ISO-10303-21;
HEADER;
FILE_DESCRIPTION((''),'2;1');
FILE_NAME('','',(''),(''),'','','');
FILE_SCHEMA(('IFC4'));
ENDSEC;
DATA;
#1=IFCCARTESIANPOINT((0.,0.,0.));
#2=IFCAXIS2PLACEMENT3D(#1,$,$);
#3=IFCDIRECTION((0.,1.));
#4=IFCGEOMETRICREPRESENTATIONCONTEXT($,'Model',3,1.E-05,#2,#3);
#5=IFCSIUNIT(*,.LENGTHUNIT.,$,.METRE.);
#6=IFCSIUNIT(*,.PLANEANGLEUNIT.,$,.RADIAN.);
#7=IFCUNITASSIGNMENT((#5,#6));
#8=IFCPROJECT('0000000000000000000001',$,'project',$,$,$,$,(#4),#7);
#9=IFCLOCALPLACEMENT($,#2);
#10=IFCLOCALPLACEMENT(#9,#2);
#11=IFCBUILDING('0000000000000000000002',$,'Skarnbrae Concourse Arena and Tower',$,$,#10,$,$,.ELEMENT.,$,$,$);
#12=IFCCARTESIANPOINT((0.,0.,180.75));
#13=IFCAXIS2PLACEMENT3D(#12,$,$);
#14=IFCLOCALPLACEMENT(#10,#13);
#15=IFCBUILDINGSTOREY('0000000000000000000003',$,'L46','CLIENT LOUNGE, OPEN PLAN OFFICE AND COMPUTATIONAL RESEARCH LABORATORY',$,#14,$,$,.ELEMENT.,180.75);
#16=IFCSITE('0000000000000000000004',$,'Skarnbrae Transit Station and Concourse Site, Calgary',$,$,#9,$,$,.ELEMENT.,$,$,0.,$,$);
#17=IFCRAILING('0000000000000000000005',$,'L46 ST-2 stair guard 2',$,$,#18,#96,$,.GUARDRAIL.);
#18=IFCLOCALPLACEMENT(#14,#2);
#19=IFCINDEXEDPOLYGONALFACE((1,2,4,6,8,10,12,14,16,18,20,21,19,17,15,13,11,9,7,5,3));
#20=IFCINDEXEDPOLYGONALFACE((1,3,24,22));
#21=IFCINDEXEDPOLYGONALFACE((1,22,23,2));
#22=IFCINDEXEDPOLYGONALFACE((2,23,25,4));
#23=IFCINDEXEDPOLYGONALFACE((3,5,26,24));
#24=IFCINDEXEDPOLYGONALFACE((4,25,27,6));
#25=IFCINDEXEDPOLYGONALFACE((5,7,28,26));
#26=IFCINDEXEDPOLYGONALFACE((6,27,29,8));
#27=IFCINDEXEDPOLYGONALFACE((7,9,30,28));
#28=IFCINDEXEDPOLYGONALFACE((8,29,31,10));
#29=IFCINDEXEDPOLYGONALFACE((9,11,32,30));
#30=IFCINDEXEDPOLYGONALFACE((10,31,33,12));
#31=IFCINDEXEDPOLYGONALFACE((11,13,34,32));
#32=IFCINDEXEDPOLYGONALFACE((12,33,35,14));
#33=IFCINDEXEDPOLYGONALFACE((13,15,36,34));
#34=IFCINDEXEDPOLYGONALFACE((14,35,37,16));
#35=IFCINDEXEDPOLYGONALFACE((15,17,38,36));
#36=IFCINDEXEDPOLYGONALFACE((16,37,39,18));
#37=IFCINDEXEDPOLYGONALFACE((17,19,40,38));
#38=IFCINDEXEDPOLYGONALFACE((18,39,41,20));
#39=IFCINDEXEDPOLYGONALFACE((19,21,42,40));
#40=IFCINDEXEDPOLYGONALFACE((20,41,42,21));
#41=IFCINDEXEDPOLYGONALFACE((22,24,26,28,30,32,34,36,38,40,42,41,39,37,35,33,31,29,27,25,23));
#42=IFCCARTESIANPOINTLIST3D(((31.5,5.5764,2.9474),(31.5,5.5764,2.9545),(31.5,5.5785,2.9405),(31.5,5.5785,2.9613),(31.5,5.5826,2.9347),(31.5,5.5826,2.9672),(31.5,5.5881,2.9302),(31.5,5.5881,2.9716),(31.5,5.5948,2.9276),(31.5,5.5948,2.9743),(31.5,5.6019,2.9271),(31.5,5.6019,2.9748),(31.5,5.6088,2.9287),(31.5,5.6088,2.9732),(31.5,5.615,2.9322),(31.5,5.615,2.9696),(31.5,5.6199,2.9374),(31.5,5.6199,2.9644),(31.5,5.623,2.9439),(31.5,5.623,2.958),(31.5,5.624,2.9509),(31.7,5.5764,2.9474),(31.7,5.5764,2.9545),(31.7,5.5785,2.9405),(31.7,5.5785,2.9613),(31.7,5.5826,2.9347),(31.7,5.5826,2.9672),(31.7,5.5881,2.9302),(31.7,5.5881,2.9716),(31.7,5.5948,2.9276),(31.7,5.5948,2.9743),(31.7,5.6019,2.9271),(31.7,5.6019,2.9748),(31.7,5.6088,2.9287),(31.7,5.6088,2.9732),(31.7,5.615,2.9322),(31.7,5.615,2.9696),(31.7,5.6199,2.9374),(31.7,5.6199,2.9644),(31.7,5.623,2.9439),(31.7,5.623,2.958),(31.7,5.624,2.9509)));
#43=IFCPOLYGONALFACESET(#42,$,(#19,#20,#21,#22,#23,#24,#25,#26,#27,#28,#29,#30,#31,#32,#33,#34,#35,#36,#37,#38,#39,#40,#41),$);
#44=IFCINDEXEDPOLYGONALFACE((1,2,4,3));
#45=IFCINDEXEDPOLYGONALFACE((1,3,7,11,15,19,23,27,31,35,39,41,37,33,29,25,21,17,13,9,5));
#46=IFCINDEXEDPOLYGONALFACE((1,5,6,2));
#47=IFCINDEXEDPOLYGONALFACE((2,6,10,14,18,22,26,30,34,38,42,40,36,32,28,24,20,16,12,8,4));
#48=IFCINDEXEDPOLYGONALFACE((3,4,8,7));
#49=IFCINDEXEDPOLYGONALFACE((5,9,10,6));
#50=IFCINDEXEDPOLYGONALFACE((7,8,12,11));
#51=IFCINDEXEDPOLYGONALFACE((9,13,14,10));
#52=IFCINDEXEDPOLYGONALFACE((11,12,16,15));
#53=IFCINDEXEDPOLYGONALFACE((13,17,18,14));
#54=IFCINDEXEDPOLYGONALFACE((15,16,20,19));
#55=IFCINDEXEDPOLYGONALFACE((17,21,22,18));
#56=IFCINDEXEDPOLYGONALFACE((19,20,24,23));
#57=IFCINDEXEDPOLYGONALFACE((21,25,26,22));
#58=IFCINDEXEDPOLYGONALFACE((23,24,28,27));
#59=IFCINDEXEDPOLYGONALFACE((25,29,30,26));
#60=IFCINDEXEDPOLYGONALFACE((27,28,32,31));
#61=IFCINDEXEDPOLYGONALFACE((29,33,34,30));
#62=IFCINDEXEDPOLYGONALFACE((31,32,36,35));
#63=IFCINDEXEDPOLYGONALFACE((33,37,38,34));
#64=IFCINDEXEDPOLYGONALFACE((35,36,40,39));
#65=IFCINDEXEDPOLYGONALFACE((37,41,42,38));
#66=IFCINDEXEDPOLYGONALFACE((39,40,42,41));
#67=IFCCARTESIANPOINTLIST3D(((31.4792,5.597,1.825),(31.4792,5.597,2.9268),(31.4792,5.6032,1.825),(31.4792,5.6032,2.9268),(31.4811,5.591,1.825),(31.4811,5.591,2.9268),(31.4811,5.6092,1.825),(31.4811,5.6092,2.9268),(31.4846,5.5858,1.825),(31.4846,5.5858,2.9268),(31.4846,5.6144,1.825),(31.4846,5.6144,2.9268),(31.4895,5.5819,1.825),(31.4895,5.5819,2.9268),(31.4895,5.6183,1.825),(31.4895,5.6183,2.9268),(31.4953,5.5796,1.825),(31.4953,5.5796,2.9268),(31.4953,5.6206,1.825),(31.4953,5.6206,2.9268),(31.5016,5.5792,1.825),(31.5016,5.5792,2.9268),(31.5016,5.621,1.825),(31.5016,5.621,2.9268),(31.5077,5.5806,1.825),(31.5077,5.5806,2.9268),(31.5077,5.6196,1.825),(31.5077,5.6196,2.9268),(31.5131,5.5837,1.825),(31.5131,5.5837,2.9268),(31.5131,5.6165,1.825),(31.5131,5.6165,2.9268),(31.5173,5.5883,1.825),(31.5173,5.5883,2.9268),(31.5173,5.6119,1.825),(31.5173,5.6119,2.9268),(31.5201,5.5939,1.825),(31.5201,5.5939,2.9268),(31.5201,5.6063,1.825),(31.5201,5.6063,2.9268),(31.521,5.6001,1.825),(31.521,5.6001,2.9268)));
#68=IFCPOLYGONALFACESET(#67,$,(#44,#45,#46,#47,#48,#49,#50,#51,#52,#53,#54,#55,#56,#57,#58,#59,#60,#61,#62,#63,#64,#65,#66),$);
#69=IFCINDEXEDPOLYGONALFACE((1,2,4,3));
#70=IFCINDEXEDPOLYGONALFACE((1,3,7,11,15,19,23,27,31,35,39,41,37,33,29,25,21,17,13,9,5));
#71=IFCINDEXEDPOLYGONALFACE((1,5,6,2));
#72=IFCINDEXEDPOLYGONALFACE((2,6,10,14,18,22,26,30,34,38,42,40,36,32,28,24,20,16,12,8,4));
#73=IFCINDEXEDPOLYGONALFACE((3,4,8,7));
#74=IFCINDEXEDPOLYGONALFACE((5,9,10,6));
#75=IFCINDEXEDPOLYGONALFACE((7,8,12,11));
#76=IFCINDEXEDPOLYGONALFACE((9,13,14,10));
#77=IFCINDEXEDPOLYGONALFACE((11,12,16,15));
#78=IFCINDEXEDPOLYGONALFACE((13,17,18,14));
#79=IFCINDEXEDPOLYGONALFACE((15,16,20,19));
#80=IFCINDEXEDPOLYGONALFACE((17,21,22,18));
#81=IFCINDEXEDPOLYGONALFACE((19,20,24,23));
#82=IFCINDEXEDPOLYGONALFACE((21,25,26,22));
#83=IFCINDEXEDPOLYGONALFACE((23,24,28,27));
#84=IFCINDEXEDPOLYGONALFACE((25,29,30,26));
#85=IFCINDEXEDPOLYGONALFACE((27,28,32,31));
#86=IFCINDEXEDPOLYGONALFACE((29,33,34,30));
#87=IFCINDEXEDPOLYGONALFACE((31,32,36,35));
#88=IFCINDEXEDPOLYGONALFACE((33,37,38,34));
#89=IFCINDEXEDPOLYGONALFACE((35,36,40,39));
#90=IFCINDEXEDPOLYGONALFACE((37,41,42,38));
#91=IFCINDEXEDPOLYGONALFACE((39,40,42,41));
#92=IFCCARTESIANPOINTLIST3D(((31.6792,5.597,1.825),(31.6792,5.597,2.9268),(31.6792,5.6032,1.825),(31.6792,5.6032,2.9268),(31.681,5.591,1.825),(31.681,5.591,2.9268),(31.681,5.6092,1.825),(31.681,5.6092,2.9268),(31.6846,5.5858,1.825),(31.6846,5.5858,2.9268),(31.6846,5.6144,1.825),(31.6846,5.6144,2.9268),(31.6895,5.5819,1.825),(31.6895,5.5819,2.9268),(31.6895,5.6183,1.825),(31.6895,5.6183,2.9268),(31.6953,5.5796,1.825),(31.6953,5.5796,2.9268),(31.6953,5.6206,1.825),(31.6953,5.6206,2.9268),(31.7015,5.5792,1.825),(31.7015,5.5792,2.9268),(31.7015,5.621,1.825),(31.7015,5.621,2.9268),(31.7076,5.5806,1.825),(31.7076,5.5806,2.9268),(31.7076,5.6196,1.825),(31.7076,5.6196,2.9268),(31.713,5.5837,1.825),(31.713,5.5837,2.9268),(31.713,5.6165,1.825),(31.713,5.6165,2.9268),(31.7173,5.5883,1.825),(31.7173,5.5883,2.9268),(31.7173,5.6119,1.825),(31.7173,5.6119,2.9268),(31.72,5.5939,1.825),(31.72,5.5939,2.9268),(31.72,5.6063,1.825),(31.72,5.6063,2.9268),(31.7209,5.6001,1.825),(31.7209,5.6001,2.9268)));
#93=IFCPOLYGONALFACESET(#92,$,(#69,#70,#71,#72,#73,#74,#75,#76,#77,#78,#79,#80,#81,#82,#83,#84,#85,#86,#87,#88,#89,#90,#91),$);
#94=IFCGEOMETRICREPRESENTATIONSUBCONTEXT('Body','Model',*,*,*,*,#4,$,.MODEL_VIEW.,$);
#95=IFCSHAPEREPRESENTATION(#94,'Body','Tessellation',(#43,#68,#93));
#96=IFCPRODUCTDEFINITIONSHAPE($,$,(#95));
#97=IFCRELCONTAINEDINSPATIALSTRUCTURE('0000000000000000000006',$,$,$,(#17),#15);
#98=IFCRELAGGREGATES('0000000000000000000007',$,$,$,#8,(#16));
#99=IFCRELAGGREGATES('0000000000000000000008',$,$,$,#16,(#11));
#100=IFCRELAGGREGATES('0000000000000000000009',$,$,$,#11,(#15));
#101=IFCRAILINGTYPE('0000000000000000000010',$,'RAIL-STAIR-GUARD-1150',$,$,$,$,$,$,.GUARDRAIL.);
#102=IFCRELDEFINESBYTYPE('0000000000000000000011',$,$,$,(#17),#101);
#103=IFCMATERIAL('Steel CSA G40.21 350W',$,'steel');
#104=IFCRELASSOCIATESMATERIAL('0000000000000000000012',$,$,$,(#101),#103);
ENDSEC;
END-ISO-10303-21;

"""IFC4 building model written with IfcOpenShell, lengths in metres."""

from ifc_helpers import new_model, si_unit, direction, frame, origin, origin_2d, place, context, subcontext, project, spatial, circle, extrude, material, type_object, element, save


model = new_model("IFC4")

# Units and contexts
model_context = context("Model", 3, precision=1e-05, world=origin(), true_north=direction((0.0, 1.0)))
body_context = subcontext(model_context, "Body", "Model", "MODEL_VIEW")
ifc_project = project(units=[si_unit("LENGTHUNIT", "METRE"), si_unit("PLANEANGLEUNIT", "RADIAN")], contexts=[model_context])

# Site, building, storey
site_placement = place(None, origin())
site = spatial("IfcSite", under=ifc_project, at=site_placement, Name="Skarnbrae Transit Station and Concourse Site, Calgary", CompositionType="ELEMENT", RefElevation=0.0)
building_placement = place(site_placement, origin())
building = spatial("IfcBuilding", under=site, at=building_placement, Name="Skarnbrae Concourse Arena and Tower", CompositionType="ELEMENT")
storey_placement = place(building_placement, frame((0.0, 0.0, 180.75)))
storey = spatial("IfcBuildingStorey", under=building, at=storey_placement, Name="L46", Description="CLIENT LOUNGE, OPEN PLAN OFFICE AND COMPUTATIONAL RESEARCH LABORATORY", CompositionType="ELEMENT", Elevation=180.75)

# Shared definitions
ifc_material_1 = material(Name="Steel CSA G40.21 350W", Category="steel")

# Railing
railing_type_1 = type_object("IfcRailingType", Name="RAIL-STAIR-GUARD-1150", PredefinedType="GUARDRAIL", material=ifc_material_1)
railing_1_placement = place(storey_placement, frame((31.5, 5.6001, 1.825)))
element("IfcRailing", 1, at=railing_1_placement, inside=storey, type_object=railing_type_1, Name="L46 ST-2 stair guard 2", PredefinedType="GUARDRAIL", context=body_context, shape_type="SweptSolid", body=[
    extrude(circle(Radius=0.0239, at=origin_2d()), frame((0.0, 0.0, 1.126), z_axis=(1.0, 0.0, 0.0), x_axis=(0.0, 1.0, 0.0)), (0.0, 0.0, 1.0), 0.2),
    extrude(circle(Radius=0.021, at=origin_2d()), origin(), (0.0, 0.0, 1.0), 1.1018),
    extrude(circle(Radius=0.021, at=origin_2d()), frame((0.2, 0.0, 0.0)), (0.0, 0.0, 1.0), 1.1018),
])

save(model, "model.ifc")
